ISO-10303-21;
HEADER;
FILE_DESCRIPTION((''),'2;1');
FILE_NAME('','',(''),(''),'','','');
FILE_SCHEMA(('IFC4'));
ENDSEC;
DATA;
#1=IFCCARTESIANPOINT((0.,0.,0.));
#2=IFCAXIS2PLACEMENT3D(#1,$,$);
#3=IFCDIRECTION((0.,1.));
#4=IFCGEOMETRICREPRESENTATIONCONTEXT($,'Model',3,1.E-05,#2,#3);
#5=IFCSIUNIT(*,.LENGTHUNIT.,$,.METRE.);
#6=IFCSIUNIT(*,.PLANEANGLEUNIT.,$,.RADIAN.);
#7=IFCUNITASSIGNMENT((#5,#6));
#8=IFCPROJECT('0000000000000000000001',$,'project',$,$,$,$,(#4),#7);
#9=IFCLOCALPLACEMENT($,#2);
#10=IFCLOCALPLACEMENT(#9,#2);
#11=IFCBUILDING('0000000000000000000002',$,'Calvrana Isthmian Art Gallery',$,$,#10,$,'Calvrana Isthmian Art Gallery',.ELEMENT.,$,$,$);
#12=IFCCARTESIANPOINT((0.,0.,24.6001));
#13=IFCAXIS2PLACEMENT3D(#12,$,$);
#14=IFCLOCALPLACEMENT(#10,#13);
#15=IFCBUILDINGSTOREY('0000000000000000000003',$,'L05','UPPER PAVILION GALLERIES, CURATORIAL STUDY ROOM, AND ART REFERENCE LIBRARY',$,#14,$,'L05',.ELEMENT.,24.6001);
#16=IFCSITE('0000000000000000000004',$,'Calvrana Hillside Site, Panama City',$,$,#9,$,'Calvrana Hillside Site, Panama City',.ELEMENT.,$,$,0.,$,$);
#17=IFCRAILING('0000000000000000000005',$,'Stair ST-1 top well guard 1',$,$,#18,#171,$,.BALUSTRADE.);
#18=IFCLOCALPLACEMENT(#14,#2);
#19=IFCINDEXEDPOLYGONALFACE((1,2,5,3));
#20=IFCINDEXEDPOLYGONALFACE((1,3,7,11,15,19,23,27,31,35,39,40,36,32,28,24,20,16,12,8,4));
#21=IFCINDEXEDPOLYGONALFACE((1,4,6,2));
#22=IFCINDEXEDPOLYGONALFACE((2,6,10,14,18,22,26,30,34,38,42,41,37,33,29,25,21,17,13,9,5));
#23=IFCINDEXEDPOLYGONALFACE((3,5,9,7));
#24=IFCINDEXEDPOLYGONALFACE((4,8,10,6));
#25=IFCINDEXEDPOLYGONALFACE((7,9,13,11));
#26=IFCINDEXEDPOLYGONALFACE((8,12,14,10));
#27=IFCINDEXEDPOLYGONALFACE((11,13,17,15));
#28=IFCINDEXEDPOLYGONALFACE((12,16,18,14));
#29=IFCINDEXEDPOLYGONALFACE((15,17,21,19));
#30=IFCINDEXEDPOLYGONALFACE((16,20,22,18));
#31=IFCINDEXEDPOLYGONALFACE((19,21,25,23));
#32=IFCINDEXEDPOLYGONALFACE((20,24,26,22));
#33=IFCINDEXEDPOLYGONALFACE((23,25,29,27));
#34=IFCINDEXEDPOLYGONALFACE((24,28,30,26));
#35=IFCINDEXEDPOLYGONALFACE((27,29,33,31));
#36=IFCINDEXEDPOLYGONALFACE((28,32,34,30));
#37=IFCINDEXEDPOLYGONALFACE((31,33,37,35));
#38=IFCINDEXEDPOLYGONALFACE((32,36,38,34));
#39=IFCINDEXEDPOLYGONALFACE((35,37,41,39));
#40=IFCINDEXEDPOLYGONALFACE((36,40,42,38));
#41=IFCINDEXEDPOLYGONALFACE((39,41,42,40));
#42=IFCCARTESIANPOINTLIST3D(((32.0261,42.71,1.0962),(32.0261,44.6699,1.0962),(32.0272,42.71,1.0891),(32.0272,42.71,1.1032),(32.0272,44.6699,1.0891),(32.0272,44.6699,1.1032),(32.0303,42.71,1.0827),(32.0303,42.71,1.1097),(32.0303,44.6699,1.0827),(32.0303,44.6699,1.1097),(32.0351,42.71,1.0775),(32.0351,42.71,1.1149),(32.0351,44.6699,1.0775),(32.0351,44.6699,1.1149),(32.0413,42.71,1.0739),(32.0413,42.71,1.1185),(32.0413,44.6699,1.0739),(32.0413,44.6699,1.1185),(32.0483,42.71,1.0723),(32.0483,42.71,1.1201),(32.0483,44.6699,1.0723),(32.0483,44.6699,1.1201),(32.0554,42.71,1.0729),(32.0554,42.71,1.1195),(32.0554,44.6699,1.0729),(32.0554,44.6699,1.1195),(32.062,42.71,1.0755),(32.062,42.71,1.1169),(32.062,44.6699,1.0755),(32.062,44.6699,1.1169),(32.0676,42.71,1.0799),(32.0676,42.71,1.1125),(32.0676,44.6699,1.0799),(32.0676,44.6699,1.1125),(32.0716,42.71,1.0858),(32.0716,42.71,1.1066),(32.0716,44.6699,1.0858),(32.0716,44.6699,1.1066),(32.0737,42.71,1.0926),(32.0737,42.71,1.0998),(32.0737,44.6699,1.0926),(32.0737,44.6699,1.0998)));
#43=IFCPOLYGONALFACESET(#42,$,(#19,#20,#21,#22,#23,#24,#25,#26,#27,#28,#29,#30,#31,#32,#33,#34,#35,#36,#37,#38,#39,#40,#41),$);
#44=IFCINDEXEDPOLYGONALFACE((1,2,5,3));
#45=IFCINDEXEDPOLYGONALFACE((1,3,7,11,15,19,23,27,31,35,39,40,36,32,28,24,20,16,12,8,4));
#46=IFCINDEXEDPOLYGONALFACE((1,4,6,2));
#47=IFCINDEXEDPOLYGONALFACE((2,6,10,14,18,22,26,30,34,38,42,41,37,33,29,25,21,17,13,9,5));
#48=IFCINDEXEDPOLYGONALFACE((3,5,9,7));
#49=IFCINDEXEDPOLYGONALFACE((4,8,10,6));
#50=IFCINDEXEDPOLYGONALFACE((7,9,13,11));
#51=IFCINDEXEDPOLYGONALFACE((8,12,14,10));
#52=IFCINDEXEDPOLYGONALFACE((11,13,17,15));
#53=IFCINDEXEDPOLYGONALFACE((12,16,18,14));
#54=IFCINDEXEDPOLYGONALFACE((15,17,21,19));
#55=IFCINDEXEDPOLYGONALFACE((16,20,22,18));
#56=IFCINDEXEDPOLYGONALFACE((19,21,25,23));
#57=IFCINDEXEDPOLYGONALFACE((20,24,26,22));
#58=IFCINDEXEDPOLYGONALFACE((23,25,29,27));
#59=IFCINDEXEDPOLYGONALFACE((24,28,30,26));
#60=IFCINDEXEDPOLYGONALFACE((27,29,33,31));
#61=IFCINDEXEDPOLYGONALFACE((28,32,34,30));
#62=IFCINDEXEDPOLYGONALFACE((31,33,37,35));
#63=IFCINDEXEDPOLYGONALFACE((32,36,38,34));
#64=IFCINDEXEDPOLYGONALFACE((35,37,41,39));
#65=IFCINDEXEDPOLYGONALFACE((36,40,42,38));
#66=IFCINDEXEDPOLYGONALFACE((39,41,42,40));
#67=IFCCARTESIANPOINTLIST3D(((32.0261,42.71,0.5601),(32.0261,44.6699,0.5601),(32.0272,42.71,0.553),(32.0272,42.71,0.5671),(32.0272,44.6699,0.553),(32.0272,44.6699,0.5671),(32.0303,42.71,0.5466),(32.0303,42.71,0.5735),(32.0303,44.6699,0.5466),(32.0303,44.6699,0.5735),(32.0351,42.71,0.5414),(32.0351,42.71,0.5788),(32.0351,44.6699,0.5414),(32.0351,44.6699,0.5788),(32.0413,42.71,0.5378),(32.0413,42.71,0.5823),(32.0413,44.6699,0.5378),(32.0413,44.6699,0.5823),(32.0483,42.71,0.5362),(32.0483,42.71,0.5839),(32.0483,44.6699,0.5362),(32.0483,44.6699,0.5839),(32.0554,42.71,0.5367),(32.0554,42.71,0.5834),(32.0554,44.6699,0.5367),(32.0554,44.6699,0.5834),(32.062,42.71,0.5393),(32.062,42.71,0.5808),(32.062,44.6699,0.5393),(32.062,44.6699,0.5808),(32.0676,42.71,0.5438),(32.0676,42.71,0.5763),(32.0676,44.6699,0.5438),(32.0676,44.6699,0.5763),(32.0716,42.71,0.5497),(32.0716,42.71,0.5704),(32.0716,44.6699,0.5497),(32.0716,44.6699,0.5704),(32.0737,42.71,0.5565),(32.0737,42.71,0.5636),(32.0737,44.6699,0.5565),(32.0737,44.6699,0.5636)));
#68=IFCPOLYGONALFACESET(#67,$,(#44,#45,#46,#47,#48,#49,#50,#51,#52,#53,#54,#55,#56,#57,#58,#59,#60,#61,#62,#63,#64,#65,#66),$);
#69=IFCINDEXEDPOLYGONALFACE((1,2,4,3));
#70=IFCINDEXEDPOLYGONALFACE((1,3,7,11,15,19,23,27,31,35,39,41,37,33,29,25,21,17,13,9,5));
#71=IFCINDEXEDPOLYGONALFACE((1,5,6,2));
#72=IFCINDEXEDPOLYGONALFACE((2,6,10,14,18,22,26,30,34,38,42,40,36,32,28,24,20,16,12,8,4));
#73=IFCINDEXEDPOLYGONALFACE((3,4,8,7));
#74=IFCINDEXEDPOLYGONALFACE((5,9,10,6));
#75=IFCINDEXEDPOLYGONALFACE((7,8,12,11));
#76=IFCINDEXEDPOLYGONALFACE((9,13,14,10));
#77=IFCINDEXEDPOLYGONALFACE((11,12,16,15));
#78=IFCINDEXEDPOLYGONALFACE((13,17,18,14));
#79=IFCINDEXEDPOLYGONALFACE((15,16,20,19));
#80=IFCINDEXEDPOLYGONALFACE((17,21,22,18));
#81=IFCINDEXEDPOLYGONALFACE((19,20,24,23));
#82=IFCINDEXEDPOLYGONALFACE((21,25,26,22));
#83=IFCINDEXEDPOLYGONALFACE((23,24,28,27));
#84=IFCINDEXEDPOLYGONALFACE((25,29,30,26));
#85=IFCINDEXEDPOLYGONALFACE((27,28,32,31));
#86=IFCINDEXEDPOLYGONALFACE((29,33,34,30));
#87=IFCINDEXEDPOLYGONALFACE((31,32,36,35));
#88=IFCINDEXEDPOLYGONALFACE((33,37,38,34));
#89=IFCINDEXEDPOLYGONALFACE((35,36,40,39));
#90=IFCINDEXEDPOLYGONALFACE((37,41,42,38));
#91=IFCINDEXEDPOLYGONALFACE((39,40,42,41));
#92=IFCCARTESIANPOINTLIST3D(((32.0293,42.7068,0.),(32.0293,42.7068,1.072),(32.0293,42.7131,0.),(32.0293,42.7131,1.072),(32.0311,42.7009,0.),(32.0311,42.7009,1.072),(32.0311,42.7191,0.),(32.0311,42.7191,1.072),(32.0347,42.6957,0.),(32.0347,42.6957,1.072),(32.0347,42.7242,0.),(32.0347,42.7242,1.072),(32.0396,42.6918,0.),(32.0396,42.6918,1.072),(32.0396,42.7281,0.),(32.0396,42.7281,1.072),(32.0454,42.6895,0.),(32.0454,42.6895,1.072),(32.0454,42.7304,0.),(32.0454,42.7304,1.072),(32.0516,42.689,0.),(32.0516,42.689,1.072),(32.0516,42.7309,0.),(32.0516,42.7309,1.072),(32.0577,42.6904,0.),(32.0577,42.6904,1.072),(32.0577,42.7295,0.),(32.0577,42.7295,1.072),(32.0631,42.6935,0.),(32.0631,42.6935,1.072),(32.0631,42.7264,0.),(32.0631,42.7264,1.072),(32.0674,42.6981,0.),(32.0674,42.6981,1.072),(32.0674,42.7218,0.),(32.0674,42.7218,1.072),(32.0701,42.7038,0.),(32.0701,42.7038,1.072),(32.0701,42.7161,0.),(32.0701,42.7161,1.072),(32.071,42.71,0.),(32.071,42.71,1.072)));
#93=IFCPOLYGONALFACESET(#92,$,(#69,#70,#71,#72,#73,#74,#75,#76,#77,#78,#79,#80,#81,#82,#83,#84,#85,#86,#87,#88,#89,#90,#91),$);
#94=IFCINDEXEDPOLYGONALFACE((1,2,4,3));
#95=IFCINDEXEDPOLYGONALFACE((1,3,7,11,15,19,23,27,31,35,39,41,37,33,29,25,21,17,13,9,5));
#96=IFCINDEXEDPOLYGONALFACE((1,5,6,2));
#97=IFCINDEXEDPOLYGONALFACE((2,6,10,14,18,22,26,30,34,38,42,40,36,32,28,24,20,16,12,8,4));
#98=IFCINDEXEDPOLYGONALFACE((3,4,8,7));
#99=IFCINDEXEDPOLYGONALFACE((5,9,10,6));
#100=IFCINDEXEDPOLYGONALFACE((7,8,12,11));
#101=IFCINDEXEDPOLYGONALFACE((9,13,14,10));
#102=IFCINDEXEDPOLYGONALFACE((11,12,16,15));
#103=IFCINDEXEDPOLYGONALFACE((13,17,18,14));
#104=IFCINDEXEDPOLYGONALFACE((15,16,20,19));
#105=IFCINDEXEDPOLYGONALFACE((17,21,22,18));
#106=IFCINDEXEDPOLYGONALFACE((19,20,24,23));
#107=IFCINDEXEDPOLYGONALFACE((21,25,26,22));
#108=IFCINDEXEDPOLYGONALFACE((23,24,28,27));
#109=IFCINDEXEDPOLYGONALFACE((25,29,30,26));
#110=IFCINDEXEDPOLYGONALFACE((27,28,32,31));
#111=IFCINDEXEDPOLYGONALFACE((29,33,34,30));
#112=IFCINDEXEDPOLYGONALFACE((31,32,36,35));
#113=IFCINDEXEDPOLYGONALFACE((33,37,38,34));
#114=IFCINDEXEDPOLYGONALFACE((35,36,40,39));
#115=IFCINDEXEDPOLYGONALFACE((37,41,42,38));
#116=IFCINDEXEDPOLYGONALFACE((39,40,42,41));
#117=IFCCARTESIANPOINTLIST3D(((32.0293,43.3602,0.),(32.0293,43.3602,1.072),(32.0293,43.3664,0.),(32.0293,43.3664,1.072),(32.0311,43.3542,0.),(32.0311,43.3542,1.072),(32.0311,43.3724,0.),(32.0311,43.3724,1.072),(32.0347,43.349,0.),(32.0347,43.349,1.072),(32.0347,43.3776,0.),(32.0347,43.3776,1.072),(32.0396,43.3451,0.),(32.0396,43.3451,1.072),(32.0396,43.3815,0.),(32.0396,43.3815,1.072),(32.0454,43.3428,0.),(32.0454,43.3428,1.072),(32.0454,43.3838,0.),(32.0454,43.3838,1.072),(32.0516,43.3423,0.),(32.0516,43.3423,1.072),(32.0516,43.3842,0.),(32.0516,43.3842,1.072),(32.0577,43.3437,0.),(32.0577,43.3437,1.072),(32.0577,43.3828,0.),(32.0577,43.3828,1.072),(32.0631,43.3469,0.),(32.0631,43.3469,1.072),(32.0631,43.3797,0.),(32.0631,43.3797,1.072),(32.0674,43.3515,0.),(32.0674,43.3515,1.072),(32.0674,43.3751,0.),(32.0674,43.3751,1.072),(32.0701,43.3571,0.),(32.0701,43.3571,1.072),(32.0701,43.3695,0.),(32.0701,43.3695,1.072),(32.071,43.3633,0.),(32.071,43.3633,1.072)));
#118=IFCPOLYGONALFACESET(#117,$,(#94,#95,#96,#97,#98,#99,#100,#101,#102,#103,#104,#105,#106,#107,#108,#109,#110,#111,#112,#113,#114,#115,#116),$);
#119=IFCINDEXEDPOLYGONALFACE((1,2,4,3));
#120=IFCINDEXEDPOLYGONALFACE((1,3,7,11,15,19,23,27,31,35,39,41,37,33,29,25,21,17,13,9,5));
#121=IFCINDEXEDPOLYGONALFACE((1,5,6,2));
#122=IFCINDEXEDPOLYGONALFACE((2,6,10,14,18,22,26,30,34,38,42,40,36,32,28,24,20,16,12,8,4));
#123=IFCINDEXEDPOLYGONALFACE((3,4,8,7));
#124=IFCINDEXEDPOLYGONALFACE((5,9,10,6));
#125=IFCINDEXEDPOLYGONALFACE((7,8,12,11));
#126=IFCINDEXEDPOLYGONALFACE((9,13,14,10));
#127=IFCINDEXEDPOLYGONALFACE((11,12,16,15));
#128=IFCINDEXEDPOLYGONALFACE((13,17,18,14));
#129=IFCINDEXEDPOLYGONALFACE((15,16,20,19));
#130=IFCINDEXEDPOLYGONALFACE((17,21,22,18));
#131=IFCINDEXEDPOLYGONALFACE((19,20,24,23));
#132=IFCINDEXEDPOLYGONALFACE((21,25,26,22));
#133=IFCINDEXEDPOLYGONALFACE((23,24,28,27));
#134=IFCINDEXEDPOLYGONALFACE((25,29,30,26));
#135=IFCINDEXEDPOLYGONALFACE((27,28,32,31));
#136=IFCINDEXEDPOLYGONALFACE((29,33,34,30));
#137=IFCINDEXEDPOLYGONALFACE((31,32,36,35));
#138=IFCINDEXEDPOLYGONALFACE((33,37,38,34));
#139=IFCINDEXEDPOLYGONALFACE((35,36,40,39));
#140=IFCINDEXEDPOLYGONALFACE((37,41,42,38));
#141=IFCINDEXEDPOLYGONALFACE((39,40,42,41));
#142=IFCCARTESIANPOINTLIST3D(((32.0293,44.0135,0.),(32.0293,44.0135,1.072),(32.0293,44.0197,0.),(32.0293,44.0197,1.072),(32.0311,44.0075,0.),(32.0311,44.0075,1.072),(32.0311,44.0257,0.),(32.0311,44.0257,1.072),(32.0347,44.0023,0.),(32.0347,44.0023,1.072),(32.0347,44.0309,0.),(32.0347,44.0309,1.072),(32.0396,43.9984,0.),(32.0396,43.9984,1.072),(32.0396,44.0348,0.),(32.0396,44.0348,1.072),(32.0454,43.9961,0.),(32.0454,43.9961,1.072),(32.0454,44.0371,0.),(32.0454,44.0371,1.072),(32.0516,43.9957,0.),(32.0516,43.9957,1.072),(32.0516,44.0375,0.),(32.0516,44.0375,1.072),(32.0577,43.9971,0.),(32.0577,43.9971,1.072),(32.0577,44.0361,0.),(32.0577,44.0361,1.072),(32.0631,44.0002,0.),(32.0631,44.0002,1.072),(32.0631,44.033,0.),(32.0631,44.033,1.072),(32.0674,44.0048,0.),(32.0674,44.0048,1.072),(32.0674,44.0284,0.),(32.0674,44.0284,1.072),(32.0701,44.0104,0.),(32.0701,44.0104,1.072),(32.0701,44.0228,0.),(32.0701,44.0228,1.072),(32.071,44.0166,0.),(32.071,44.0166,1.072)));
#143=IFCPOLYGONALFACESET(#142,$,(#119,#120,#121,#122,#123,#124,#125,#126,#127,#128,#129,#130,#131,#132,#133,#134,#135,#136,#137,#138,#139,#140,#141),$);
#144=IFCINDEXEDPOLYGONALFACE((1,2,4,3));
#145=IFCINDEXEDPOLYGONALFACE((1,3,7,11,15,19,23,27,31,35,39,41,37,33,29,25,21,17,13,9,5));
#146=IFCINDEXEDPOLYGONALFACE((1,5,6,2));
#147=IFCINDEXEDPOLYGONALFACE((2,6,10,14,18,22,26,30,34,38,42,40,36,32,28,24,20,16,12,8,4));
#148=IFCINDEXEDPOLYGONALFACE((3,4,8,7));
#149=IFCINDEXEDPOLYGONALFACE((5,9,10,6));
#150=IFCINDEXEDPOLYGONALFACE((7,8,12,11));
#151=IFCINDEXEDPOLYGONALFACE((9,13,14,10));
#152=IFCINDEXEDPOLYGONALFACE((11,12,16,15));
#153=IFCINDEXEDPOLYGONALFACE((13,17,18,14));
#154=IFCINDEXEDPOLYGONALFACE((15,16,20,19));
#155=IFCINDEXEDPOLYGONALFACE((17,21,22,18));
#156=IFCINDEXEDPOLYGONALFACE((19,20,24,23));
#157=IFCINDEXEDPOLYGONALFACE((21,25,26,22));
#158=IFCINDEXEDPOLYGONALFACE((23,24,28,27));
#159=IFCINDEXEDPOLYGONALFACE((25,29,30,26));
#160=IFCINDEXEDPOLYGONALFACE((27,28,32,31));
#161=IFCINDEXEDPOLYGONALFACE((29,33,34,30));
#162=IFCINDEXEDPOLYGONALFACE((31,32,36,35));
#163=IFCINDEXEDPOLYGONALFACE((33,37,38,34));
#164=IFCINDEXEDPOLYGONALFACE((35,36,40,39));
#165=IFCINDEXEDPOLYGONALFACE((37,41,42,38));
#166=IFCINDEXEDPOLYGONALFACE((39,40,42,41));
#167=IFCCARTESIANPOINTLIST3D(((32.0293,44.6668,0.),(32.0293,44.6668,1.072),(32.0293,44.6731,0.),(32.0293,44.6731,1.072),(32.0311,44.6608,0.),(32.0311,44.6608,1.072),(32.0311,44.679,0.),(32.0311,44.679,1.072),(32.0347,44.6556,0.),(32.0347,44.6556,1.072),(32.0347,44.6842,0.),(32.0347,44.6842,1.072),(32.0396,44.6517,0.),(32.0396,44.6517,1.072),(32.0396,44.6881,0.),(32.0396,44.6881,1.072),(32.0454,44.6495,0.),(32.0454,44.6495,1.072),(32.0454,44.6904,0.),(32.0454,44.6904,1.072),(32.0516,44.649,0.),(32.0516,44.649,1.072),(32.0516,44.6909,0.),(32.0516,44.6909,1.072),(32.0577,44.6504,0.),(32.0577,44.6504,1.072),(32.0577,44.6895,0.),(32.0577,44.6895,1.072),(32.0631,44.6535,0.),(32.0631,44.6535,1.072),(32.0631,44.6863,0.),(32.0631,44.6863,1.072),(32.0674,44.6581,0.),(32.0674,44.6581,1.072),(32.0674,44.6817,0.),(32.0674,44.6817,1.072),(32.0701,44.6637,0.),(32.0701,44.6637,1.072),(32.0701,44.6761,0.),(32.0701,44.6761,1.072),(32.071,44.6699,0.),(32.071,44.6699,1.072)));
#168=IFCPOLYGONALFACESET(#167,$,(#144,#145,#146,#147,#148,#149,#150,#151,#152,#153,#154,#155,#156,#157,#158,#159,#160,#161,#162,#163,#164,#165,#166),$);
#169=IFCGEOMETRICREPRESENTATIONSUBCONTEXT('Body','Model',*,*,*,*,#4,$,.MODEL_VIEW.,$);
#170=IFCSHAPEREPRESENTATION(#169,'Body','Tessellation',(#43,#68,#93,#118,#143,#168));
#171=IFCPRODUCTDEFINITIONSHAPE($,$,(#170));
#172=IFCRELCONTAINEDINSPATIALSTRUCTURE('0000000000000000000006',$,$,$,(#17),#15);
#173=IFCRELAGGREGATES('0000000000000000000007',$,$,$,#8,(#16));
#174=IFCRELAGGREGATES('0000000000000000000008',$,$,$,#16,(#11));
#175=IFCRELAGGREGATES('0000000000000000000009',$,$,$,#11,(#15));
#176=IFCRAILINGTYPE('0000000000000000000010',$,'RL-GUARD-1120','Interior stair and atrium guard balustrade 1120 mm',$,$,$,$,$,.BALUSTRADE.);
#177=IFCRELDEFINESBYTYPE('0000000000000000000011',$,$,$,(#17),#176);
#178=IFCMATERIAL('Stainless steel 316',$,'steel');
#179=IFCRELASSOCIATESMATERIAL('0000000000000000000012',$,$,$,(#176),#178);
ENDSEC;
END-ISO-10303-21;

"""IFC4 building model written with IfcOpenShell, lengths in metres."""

from ifc_helpers import new_model, si_unit, direction, frame, origin, origin_2d, place, context, subcontext, project, spatial, circle, extrude, material, type_object, element, save


model = new_model("IFC4")

# Units and contexts
model_context = context("Model", 3, precision=1e-05, world=origin(), true_north=direction((0.0, 1.0)))
body_context = subcontext(model_context, "Body", "Model", "MODEL_VIEW")
ifc_project = project(units=[si_unit("LENGTHUNIT", "METRE"), si_unit("PLANEANGLEUNIT", "RADIAN")], contexts=[model_context])

# Site, building, storey
site_placement = place(None, origin())
site = spatial("IfcSite", under=ifc_project, at=site_placement, Name="Calvrana Hillside Site, Panama City", LongName="Calvrana Hillside Site, Panama City", CompositionType="ELEMENT", RefElevation=0.0)
building_placement = place(site_placement, origin())
building = spatial("IfcBuilding", under=site, at=building_placement, Name="Calvrana Isthmian Art Gallery", LongName="Calvrana Isthmian Art Gallery", CompositionType="ELEMENT")
storey_placement = place(building_placement, frame((0.0, 0.0, 24.6001)))
storey = spatial("IfcBuildingStorey", under=building, at=storey_placement, Name="L05", Description="UPPER PAVILION GALLERIES, CURATORIAL STUDY ROOM, AND ART REFERENCE LIBRARY", LongName="L05", CompositionType="ELEMENT", Elevation=24.6001)

# Shared definitions
ifc_material_1 = material(Name="Stainless steel 316", Category="steel")

# Railing
railing_type = type_object("IfcRailingType", Name="RL-GUARD-1120", Description="Interior stair and atrium guard balustrade 1120 mm", PredefinedType="BALUSTRADE", material=ifc_material_1)
railing_placement = place(storey_placement, frame((32.05, 42.71, 0.0)))
element("IfcRailing", 1, at=railing_placement, inside=storey, type_object=railing_type, Name="Stair ST-1 top well guard 1", PredefinedType="BALUSTRADE", context=body_context, shape_type="SweptSolid", body=[
    extrude(circle(Radius=0.0239, at=origin_2d()), frame((0.0, 0.0, 1.0962), z_axis=(0.0, 1.0, 0.0), x_axis=(-1.0, 0.0, 0.0)), (0.0, 0.0, 1.0), 1.96),
    extrude(circle(Radius=0.0239, at=origin_2d()), frame((0.0, 0.0, 0.5601), z_axis=(0.0, 1.0, 0.0), x_axis=(-1.0, 0.0, 0.0)), (0.0, 0.0, 1.0), 1.96),
    extrude(circle(Radius=0.021, at=origin_2d()), origin(), (0.0, 0.0, 1.0), 1.072),
    extrude(circle(Radius=0.021, at=origin_2d()), frame((0.0, 0.6533, 0.0)), (0.0, 0.0, 1.0), 1.072),
    extrude(circle(Radius=0.021, at=origin_2d()), frame((0.0, 1.3066, 0.0)), (0.0, 0.0, 1.0), 1.072),
    extrude(circle(Radius=0.021, at=origin_2d()), frame((0.0, 1.96, 0.0)), (0.0, 0.0, 1.0), 1.072),
])

save(model, "model.ifc")
